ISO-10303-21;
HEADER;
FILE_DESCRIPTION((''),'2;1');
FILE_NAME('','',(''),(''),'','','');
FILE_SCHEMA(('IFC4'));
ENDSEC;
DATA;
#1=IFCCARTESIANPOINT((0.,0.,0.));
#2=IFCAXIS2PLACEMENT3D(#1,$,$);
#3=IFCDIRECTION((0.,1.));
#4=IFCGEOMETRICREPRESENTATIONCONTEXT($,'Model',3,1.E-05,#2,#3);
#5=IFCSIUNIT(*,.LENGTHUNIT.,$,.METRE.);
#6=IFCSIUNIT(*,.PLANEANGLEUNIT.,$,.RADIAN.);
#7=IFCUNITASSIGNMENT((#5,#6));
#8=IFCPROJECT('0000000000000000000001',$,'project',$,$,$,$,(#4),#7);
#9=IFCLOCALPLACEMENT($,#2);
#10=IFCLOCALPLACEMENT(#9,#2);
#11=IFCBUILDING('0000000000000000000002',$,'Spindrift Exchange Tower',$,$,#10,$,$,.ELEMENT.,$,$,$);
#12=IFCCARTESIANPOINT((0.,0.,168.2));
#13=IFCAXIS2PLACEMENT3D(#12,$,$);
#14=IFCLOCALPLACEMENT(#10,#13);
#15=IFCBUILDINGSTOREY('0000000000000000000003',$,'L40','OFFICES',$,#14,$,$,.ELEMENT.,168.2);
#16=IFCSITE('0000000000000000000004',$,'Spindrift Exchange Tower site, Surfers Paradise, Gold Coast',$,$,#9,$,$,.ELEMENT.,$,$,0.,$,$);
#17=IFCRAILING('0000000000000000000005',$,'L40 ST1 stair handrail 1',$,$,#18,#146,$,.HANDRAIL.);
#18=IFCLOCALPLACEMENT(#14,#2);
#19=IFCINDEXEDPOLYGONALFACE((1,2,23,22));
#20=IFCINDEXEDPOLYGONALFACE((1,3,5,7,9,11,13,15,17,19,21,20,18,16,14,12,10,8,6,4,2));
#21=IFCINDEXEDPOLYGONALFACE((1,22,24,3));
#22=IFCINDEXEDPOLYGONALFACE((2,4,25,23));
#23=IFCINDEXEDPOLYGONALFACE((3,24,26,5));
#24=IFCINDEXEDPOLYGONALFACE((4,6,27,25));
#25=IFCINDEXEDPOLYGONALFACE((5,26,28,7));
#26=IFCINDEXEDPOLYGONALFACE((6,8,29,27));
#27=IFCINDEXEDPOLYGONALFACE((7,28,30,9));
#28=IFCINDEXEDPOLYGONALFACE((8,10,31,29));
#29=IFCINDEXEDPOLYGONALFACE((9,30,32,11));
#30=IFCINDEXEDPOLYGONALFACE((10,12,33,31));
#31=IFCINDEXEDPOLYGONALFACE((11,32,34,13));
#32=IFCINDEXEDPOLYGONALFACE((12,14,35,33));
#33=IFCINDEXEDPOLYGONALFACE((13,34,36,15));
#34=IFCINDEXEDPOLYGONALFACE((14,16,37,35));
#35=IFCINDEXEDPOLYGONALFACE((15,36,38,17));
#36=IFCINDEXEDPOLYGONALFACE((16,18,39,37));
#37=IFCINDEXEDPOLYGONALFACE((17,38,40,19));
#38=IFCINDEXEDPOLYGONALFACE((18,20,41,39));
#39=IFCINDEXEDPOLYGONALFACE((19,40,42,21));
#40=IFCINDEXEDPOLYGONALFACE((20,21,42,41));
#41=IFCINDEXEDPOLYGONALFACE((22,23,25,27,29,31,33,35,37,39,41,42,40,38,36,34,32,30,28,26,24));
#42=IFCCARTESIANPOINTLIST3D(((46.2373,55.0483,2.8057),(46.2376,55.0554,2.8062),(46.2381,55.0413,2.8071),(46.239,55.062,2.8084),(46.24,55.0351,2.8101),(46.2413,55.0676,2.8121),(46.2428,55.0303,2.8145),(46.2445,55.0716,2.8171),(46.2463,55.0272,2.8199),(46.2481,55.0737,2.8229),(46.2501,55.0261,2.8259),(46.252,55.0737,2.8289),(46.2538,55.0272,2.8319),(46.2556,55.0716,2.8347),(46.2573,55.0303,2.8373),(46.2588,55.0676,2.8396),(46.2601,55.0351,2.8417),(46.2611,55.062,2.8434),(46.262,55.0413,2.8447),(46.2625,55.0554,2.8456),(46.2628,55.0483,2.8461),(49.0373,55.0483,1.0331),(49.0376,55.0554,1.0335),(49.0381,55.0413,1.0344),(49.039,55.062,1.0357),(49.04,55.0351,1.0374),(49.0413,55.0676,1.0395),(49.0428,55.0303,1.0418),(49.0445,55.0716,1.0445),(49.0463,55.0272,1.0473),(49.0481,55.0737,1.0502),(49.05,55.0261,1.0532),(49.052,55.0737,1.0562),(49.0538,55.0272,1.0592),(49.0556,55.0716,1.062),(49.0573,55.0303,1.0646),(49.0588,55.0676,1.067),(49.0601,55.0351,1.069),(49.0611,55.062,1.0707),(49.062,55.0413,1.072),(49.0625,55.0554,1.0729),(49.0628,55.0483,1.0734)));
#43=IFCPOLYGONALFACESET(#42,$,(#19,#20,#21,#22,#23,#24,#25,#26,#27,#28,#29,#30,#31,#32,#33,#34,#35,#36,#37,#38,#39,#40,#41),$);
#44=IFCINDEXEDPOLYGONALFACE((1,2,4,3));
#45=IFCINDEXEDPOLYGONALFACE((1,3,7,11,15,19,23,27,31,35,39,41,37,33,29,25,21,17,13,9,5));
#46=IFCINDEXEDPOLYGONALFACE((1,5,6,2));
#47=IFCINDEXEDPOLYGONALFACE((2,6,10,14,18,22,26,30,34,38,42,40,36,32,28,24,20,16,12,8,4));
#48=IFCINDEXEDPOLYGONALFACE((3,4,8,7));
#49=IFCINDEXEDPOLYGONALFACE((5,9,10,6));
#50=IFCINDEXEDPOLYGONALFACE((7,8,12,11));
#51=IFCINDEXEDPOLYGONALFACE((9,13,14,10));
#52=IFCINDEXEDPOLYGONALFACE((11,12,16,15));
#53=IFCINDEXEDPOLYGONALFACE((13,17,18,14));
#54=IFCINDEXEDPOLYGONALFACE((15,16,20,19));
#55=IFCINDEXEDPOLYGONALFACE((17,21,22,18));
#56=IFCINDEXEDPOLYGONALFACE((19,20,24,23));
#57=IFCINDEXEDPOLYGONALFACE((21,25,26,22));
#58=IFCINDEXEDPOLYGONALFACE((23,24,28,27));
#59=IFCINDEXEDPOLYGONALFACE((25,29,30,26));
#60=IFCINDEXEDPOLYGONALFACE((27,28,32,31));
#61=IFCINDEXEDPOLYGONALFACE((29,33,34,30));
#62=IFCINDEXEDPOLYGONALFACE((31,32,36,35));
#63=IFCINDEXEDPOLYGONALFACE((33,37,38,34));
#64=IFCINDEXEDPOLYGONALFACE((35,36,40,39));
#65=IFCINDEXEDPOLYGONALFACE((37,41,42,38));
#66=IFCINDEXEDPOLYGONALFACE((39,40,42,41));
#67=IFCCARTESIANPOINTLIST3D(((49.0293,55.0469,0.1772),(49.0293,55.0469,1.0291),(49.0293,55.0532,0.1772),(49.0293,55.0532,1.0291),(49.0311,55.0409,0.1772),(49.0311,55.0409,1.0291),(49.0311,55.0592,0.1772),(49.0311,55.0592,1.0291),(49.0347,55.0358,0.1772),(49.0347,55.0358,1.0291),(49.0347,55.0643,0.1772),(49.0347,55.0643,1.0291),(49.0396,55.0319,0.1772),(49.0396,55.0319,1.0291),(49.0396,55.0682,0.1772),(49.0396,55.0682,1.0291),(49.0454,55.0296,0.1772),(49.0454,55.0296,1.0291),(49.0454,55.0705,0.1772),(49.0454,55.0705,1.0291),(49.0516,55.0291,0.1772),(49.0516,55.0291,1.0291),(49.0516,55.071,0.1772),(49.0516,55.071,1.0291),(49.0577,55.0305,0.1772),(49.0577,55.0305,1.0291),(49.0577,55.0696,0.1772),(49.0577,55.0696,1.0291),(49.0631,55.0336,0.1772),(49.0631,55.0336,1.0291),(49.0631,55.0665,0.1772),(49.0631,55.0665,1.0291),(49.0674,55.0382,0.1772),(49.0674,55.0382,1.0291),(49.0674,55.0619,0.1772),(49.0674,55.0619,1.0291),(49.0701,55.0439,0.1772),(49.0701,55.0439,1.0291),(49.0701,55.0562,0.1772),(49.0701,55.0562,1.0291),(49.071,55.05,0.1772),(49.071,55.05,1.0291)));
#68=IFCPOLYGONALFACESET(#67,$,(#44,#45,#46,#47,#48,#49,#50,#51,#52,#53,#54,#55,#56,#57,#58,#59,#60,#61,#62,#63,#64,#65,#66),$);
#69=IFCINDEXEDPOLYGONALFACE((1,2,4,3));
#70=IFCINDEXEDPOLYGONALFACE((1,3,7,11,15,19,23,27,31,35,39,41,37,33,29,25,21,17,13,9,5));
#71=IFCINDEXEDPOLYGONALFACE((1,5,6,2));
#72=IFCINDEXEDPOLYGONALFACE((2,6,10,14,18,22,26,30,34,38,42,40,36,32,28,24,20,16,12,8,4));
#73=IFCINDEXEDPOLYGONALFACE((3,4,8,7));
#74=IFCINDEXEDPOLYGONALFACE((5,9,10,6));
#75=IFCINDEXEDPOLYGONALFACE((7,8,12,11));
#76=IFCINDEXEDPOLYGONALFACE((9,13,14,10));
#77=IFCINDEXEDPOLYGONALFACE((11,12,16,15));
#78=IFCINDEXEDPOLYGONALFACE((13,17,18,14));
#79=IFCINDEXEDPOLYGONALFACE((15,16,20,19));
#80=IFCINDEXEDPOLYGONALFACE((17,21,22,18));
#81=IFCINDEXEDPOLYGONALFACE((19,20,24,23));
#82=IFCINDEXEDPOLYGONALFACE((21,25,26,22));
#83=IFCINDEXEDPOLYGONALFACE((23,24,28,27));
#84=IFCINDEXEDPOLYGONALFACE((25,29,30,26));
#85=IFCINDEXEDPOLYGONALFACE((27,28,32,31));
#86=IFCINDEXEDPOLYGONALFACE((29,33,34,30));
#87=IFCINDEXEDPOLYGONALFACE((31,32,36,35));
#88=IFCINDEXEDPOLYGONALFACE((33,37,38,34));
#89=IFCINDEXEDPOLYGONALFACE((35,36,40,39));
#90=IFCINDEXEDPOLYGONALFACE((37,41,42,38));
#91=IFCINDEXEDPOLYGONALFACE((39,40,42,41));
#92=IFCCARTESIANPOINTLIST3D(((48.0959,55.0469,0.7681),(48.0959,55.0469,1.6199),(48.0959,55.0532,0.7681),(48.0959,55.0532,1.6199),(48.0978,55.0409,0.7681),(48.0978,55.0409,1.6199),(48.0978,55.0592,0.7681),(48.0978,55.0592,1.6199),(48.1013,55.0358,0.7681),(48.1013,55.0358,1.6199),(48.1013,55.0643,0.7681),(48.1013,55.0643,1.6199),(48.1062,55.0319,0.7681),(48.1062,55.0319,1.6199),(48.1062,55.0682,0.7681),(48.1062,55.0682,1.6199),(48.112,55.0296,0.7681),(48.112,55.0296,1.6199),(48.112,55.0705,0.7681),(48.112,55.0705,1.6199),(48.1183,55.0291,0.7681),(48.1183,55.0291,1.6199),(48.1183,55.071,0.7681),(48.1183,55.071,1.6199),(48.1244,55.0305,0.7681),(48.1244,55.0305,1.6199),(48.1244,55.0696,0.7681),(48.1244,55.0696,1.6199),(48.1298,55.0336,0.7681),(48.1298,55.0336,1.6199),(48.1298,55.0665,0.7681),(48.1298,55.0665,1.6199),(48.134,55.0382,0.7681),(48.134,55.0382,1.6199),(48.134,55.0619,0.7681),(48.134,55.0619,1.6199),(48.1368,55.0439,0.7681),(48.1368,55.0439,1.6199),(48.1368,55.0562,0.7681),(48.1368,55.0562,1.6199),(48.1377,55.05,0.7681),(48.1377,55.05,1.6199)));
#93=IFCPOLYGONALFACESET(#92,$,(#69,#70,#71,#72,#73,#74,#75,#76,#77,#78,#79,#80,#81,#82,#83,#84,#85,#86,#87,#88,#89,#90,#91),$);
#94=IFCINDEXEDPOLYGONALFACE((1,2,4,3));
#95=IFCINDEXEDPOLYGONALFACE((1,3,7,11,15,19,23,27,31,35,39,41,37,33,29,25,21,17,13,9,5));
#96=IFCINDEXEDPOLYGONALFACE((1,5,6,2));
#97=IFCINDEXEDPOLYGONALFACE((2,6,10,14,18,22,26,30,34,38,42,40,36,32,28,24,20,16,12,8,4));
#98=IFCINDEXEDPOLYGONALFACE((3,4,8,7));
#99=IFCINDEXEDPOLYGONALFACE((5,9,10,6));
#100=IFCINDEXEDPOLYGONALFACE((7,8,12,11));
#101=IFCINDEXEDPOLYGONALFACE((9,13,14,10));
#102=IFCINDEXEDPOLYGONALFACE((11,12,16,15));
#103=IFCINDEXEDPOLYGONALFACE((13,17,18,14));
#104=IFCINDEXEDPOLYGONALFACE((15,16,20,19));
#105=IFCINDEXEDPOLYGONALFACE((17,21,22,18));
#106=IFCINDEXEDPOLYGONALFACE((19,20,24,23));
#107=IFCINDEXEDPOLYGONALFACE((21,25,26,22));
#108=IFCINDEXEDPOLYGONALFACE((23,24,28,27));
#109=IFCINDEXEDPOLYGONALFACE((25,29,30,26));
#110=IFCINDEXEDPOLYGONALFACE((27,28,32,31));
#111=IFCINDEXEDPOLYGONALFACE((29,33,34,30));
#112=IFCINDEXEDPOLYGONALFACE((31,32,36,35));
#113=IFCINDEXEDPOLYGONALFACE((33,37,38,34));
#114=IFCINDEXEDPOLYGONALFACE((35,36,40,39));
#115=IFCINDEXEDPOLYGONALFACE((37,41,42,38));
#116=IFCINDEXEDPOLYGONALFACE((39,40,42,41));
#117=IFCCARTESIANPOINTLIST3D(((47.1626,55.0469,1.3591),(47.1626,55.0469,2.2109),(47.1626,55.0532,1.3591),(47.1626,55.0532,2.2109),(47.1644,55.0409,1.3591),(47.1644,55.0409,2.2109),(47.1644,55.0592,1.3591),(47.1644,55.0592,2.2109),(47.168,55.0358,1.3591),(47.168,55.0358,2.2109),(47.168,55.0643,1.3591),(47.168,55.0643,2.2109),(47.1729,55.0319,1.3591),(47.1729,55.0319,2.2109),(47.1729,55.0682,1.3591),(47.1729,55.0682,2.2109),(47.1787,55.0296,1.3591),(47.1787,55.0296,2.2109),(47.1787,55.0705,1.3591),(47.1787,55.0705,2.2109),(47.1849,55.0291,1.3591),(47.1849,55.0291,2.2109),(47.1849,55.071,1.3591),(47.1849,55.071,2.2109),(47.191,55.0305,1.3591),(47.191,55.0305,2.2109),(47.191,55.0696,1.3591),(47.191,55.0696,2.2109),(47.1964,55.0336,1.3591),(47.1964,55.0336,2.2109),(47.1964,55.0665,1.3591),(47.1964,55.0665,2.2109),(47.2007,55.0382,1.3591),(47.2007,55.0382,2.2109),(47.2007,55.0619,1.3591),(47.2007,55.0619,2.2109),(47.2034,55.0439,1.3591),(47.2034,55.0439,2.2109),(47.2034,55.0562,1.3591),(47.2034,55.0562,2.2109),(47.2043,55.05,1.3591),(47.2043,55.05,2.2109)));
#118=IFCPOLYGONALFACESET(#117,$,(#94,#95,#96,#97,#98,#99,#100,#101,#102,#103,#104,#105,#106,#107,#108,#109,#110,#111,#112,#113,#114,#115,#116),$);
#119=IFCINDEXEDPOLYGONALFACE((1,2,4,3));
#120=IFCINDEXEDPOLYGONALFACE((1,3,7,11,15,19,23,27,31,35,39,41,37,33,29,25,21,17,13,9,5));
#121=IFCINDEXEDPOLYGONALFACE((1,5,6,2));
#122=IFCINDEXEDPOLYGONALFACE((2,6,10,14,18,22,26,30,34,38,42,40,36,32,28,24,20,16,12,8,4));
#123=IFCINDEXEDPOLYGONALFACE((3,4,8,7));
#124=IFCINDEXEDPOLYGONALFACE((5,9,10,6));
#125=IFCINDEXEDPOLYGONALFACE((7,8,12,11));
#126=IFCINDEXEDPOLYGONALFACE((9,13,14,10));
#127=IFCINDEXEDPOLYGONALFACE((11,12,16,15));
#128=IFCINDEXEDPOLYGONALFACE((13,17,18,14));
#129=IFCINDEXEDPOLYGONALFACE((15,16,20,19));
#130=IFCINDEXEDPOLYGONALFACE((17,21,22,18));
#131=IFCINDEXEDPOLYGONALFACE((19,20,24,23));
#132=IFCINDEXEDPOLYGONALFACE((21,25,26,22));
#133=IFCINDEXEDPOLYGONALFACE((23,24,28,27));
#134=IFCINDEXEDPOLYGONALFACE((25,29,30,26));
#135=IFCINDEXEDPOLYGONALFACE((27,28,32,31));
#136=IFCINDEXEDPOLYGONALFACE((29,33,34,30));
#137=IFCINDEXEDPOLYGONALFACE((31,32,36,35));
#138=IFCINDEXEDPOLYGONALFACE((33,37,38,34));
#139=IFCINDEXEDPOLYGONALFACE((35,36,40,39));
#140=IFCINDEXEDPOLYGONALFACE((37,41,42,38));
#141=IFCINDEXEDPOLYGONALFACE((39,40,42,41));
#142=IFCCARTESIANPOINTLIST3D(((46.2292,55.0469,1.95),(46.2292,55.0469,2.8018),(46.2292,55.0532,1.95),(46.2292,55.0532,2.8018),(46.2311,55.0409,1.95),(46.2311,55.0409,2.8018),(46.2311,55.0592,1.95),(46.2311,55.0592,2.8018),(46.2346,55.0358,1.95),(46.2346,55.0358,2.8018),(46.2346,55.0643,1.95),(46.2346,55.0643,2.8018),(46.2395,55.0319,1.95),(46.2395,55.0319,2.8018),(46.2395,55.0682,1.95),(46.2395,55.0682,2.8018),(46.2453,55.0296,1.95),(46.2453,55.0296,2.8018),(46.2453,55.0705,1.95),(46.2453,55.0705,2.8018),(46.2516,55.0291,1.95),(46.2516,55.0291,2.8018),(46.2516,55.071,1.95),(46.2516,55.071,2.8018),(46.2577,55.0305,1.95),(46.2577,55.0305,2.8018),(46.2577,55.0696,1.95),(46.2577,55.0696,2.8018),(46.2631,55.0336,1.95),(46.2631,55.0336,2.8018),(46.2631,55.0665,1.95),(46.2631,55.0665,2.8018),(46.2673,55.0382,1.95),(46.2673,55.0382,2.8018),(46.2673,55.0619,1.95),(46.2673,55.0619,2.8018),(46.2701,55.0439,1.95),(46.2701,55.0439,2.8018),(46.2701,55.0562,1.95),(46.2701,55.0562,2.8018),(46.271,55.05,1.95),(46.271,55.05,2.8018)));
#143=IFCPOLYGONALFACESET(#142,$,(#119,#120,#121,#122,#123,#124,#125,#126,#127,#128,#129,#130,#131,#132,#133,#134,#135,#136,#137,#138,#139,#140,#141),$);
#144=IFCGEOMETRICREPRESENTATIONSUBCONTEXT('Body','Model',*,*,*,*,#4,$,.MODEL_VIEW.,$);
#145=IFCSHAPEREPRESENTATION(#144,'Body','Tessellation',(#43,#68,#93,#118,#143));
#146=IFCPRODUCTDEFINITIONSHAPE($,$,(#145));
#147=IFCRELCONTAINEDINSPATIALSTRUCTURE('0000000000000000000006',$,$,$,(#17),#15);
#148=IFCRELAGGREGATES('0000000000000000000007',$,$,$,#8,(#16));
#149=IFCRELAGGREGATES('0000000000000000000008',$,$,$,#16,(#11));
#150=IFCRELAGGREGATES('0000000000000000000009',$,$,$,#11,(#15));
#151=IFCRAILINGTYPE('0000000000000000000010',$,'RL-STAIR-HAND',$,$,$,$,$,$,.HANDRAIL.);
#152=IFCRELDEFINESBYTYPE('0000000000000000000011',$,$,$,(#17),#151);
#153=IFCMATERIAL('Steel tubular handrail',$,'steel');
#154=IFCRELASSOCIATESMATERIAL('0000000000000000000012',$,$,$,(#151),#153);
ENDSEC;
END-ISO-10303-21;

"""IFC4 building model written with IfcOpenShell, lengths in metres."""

from ifc_helpers import new_model, si_unit, direction, frame, origin, origin_2d, place, context, subcontext, project, spatial, circle, extrude, material, type_object, element, save


model = new_model("IFC4")

# Units and contexts
model_context = context("Model", 3, precision=1e-05, world=origin(), true_north=direction((0.0, 1.0)))
body_context = subcontext(model_context, "Body", "Model", "MODEL_VIEW")
ifc_project = project(units=[si_unit("LENGTHUNIT", "METRE"), si_unit("PLANEANGLEUNIT", "RADIAN")], contexts=[model_context])

# Site, building, storey
site_placement = place(None, origin())
site = spatial("IfcSite", under=ifc_project, at=site_placement, Name="Spindrift Exchange Tower site, Surfers Paradise, Gold Coast", CompositionType="ELEMENT", RefElevation=0.0)
building_placement = place(site_placement, origin())
building = spatial("IfcBuilding", under=site, at=building_placement, Name="Spindrift Exchange Tower", CompositionType="ELEMENT")
storey_placement = place(building_placement, frame((0.0, 0.0, 168.2)))
storey = spatial("IfcBuildingStorey", under=building, at=storey_placement, Name="L40", Description="OFFICES", CompositionType="ELEMENT", Elevation=168.2)

# Railing
ifc_material_1 = material(Name="Steel tubular handrail", Category="steel")
railing_type_1 = type_object("IfcRailingType", Name="RL-STAIR-HAND", PredefinedType="HANDRAIL", material=ifc_material_1)
railing_1_placement = place(storey_placement, frame((49.05, 55.05, 0.1772)))
element("IfcRailing", 1, at=railing_1_placement, inside=storey, type_object=railing_type_1, Name="L40 ST1 stair handrail 1", PredefinedType="HANDRAIL", context=body_context, shape_type="SweptSolid", body=[
    extrude(circle(Radius=0.0239, at=origin_2d()), frame((0.0, 0.0, 0.876), z_axis=(-0.844909, 0.0, 0.53491), x_axis=(0.0, -1.0, 0.0)), (0.0, 0.0, 1.0), 3.314),
    extrude(circle(Radius=0.021, at=origin_2d()), origin(), (0.0, 0.0, 1.0), 0.8518),
    extrude(circle(Radius=0.021, at=origin_2d()), frame((-0.9333, 0.0, 0.5908)), (0.0, 0.0, 1.0), 0.8518),
    extrude(circle(Radius=0.021, at=origin_2d()), frame((-1.8667, 0.0, 1.1819)), (0.0, 0.0, 1.0), 0.8518),
    extrude(circle(Radius=0.021, at=origin_2d()), frame((-2.8, 0.0, 1.7727)), (0.0, 0.0, 1.0), 0.8518),
])

save(model, "model.ifc")
